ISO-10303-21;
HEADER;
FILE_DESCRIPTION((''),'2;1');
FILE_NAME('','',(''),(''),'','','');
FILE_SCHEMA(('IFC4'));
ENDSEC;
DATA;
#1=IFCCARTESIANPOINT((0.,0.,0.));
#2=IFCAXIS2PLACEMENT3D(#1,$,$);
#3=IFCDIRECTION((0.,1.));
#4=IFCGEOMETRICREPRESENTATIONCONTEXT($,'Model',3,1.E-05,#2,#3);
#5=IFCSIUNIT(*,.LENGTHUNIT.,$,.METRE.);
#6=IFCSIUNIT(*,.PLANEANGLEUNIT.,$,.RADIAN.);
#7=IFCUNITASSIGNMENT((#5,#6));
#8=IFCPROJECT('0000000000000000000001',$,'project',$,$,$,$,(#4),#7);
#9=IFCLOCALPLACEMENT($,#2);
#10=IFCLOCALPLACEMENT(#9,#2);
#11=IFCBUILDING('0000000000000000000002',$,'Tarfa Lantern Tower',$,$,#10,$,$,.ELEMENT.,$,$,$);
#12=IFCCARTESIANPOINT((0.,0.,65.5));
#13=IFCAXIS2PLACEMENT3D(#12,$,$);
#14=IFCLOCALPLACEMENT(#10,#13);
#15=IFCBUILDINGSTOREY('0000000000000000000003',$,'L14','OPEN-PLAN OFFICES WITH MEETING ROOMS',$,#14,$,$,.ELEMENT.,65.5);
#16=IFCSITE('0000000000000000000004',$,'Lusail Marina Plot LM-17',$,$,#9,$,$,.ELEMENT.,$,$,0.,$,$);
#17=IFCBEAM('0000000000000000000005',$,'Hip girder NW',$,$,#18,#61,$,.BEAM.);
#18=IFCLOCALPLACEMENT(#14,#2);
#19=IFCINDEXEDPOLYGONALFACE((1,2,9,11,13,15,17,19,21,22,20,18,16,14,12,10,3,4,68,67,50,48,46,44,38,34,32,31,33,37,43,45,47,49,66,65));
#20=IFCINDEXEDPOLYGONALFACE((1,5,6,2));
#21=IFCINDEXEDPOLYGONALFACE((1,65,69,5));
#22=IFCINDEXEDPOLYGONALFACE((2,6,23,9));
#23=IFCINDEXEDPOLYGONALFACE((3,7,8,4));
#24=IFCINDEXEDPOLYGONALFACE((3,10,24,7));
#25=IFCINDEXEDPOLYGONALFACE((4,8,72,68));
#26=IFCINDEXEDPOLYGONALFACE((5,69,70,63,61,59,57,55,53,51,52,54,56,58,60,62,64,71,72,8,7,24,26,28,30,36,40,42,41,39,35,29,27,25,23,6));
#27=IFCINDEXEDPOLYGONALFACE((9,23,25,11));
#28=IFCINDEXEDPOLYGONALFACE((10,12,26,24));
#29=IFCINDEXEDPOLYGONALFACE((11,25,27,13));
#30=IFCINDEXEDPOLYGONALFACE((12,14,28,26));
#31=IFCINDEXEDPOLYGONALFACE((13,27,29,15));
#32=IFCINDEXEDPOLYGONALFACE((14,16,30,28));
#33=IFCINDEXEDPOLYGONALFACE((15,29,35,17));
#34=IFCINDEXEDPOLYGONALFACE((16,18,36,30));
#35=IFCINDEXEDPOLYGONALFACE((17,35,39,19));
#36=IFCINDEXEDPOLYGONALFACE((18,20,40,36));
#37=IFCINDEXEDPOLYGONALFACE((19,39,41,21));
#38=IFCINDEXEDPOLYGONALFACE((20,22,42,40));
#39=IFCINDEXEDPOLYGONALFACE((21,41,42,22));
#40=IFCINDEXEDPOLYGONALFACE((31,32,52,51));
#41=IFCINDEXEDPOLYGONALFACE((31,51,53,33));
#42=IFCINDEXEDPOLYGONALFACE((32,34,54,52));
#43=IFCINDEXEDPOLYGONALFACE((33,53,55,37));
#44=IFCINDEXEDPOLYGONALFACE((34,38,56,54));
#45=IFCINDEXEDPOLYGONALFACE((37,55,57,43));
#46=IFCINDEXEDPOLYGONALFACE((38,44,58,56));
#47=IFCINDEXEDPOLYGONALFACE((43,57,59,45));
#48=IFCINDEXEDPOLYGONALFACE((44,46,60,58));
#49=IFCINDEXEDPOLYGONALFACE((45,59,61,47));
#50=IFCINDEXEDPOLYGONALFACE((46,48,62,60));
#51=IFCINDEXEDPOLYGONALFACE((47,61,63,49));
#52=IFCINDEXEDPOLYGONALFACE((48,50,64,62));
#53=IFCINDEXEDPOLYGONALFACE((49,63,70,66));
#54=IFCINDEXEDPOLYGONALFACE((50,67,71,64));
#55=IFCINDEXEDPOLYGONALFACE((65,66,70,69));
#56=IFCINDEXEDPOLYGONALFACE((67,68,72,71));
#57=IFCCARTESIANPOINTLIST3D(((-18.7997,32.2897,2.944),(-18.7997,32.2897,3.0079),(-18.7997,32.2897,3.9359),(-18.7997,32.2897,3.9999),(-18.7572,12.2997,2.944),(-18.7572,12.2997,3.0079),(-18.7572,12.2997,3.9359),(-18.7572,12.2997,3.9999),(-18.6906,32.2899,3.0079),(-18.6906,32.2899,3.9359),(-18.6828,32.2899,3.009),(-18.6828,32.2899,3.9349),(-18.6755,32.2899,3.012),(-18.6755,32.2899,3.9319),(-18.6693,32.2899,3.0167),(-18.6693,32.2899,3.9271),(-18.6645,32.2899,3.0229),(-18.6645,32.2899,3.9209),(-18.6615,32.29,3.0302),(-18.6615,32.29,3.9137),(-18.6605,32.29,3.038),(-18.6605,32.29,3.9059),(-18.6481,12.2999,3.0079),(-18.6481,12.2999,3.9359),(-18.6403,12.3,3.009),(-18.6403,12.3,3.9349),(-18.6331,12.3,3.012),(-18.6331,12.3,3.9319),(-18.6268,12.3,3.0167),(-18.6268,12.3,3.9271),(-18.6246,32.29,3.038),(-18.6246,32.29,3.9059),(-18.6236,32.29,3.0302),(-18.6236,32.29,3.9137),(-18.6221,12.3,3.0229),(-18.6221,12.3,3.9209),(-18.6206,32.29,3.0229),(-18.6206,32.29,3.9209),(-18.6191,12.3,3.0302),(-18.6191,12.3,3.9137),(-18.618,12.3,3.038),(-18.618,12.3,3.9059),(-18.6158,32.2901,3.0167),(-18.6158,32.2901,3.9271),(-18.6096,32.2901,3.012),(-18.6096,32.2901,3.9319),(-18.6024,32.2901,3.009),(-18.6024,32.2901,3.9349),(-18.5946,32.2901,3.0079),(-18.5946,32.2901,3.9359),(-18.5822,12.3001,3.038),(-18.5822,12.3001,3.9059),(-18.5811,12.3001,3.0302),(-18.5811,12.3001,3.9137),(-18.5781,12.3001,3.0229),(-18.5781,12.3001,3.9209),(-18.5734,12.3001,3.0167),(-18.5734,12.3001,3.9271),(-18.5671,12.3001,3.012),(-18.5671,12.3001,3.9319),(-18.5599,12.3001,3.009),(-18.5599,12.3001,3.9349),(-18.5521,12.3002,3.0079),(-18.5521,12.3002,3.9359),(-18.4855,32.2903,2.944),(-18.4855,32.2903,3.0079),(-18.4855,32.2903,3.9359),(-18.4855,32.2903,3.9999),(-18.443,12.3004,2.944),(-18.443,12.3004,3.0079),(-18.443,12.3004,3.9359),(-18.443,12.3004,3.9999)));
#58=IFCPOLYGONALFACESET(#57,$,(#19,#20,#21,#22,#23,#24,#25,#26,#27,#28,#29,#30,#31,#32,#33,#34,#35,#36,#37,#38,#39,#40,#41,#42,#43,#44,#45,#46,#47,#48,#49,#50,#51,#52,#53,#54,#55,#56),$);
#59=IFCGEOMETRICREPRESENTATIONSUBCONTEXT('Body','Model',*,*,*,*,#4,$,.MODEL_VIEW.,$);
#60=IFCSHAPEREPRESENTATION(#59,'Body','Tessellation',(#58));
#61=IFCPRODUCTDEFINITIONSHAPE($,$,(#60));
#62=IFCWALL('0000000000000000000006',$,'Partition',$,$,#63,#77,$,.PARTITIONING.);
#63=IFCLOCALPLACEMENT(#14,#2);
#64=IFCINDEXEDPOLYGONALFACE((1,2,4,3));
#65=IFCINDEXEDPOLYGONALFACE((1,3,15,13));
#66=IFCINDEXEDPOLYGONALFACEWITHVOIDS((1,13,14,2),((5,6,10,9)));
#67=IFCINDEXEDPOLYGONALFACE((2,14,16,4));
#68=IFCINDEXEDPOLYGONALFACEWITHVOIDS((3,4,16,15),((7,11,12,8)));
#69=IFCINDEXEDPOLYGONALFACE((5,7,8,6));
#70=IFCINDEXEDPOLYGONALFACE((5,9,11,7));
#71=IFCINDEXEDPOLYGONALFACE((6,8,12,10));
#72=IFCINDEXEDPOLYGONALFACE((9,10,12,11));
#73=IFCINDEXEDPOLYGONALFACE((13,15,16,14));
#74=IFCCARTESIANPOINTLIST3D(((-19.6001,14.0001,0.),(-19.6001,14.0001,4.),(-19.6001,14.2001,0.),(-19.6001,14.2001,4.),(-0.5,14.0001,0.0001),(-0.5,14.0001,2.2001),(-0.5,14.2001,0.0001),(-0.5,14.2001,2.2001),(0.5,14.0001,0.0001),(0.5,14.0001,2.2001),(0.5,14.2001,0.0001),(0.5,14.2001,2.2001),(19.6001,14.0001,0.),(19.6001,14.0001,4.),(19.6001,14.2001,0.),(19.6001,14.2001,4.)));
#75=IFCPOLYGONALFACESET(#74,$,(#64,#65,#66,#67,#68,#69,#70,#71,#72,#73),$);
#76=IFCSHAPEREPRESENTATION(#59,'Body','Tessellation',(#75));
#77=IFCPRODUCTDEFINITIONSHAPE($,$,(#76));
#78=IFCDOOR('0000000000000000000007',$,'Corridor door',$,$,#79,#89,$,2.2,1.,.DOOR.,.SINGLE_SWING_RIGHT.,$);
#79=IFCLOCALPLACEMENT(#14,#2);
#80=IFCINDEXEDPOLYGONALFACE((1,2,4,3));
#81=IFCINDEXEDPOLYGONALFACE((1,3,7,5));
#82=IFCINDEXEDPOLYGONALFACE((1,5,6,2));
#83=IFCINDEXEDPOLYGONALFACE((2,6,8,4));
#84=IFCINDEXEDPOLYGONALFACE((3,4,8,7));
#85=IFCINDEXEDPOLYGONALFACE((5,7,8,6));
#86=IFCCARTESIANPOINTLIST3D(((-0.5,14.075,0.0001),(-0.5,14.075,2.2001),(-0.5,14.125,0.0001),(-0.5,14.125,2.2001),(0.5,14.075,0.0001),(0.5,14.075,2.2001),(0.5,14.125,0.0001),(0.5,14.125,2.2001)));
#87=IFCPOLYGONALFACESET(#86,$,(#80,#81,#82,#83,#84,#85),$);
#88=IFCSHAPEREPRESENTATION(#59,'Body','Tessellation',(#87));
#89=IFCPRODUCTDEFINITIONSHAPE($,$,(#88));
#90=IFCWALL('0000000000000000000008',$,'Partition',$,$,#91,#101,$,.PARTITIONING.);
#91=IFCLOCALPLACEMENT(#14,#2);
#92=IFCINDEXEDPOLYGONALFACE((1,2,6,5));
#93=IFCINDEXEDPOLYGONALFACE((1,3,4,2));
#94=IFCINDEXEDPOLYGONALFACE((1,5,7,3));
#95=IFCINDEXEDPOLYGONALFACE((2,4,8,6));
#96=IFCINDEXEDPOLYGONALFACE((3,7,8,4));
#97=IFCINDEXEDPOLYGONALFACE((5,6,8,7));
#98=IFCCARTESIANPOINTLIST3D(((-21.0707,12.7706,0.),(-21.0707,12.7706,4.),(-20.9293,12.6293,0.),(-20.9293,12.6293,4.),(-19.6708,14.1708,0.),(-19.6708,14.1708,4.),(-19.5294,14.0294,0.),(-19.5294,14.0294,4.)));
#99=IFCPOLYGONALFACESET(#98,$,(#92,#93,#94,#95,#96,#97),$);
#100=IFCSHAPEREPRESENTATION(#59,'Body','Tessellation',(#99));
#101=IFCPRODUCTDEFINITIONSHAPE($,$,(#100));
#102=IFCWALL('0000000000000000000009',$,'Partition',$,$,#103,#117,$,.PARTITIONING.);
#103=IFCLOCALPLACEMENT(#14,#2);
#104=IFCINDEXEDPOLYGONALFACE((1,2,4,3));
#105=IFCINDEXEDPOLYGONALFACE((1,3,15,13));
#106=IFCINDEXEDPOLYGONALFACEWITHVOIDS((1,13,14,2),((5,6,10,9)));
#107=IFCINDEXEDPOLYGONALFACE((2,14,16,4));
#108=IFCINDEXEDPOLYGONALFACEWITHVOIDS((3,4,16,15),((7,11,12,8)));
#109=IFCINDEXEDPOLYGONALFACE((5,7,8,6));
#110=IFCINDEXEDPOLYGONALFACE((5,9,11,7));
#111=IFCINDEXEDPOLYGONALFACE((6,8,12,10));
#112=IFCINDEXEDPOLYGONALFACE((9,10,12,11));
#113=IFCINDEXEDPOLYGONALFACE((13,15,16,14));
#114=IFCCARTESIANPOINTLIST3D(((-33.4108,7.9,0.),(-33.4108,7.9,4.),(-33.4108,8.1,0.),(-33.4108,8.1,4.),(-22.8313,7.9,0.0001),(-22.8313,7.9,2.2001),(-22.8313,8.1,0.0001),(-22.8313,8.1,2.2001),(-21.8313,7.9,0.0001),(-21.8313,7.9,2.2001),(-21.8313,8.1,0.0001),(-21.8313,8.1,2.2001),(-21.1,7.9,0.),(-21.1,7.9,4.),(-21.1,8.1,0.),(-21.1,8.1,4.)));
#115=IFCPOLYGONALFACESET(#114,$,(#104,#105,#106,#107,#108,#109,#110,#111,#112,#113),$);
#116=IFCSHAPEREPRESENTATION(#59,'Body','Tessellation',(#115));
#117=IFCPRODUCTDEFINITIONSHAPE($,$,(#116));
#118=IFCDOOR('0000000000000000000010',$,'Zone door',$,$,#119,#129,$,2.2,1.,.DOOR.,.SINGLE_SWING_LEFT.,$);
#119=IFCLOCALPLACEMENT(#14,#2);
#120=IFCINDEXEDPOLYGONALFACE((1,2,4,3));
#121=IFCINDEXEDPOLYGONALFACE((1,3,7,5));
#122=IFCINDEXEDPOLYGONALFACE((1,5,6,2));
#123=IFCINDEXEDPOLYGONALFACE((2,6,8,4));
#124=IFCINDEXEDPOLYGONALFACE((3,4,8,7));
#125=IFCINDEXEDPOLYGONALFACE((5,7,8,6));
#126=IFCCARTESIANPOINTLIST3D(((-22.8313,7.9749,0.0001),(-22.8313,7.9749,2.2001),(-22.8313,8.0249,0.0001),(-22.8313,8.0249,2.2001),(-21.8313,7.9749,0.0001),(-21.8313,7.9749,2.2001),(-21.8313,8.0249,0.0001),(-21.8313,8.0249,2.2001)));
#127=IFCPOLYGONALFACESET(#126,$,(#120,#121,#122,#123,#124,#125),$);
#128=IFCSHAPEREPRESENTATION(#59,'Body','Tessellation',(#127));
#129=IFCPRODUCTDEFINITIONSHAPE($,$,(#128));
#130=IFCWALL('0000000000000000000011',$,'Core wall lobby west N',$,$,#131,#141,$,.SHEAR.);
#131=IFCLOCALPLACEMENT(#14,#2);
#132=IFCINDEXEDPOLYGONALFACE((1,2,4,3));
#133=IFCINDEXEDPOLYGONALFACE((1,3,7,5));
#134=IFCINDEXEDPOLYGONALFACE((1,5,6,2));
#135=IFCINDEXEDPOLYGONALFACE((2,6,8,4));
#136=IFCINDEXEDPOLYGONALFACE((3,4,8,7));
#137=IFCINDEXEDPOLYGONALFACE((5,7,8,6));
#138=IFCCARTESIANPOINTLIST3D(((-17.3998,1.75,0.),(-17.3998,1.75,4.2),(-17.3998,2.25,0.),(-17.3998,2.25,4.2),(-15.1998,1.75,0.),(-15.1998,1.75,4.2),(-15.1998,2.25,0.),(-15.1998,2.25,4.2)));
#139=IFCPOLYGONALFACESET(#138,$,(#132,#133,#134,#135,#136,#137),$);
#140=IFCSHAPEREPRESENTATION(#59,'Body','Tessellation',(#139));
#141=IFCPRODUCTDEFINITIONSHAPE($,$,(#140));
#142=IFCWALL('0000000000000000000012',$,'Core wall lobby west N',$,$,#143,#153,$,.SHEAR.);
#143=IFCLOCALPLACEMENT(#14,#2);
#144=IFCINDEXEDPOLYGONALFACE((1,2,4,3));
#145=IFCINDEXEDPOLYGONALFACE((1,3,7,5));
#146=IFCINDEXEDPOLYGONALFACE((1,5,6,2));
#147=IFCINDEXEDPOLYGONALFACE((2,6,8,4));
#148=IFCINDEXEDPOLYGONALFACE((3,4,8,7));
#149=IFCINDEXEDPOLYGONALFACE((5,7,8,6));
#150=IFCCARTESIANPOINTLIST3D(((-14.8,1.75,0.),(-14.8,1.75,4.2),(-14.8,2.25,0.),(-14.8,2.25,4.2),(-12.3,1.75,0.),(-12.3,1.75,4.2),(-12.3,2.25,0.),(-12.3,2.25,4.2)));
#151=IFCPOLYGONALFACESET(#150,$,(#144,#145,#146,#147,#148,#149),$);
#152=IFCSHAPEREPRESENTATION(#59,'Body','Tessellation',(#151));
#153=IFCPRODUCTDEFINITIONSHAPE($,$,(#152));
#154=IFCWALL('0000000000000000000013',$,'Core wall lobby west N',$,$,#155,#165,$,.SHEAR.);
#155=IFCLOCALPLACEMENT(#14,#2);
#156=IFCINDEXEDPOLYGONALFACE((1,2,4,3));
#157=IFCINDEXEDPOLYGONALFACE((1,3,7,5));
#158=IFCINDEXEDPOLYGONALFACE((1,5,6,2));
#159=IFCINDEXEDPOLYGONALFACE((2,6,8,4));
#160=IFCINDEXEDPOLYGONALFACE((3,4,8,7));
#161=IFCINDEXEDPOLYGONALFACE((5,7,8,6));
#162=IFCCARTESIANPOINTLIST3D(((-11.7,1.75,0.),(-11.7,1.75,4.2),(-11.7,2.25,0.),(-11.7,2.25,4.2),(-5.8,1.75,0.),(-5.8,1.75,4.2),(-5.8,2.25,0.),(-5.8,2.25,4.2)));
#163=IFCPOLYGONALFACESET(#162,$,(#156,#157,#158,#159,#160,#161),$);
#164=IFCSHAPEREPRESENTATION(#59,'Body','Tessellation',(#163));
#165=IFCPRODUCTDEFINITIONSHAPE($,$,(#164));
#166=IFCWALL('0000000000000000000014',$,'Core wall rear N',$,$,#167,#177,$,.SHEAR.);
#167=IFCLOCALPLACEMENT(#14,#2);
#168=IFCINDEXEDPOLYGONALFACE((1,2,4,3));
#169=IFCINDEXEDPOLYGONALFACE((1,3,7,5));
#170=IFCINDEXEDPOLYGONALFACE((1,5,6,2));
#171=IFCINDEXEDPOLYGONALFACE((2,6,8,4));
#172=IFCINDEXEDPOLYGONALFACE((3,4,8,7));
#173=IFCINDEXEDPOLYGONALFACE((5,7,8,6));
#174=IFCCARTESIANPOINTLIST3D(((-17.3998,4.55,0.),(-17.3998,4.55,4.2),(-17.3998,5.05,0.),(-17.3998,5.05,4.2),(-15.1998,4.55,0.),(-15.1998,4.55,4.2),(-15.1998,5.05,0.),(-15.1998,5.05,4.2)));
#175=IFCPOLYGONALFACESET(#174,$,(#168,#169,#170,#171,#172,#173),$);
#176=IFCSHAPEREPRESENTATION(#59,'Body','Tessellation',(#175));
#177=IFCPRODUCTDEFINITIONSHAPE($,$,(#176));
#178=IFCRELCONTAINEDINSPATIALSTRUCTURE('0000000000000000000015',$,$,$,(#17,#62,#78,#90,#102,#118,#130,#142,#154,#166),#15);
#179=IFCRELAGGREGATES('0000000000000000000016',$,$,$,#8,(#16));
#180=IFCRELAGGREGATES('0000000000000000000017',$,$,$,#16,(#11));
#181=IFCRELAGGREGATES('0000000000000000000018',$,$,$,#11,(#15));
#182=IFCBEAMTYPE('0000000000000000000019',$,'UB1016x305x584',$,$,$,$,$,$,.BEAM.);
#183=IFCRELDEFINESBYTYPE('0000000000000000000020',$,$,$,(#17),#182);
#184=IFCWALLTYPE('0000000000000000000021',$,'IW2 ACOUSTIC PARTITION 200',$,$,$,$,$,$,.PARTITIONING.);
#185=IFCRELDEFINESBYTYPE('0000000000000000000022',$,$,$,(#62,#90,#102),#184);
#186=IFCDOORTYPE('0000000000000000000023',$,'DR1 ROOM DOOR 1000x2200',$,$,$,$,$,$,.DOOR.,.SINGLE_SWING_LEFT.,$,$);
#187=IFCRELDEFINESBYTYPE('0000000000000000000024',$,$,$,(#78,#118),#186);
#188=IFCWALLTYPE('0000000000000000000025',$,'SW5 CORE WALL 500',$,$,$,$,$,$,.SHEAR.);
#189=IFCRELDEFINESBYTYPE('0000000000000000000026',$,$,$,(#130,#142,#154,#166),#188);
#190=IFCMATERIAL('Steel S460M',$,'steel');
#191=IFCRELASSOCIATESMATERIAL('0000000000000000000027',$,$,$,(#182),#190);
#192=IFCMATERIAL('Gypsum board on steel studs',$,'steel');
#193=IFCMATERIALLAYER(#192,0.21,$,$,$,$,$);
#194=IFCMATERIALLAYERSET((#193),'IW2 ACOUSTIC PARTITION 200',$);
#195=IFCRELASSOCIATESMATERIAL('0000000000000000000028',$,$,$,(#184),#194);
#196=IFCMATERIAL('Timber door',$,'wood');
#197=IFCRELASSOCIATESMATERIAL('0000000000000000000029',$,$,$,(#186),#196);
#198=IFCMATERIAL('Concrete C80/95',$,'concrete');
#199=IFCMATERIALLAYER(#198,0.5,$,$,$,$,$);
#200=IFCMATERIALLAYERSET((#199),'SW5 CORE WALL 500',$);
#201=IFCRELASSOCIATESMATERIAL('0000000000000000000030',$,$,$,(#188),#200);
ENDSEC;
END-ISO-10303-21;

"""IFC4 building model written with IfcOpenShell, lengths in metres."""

from ifc_helpers import new_model, si_unit, direction, frame, frame_2d, origin, origin_2d, place, context, subcontext, project, spatial, rectangle, i_section, extrude, material, layer, layer_set, material_profile, profile_set, type_object, element, fill, save


model = new_model("IFC4")

# Units and contexts
model_context = context("Model", 3, precision=1e-05, world=origin(), true_north=direction((0.0, 1.0)))
body_context = subcontext(model_context, "Body", "Model", "MODEL_VIEW")
ifc_project = project(units=[si_unit("LENGTHUNIT", "METRE"), si_unit("PLANEANGLEUNIT", "RADIAN")], contexts=[model_context])

# Site, building, storey
site_placement = place(None, origin())
site = spatial("IfcSite", under=ifc_project, at=site_placement, Name="Lusail Marina Plot LM-17", CompositionType="ELEMENT", RefElevation=0.0)
building_placement = place(site_placement, origin())
building = spatial("IfcBuilding", under=site, at=building_placement, Name="Tarfa Lantern Tower", CompositionType="ELEMENT")
storey_placement = place(building_placement, frame((0.0, 0.0, 65.5)))
storey = spatial("IfcBuildingStorey", under=building, at=storey_placement, Name="L14", Description="OPEN-PLAN OFFICES WITH MEETING ROOMS", CompositionType="ELEMENT", Elevation=65.5)

# Beam
ifc_material_1 = material(Name="Steel S460M", Category="steel")
ifc_material_profile = material_profile(ifc_material_1, i_section(OverallWidth=0.3142, OverallDepth=1.0559, WebThickness=0.0359, FlangeThickness=0.064, FilletRadius=0.03, at=origin_2d()), Name="UB1016x305x584")
ifc_profile_set = profile_set([ifc_material_profile], Name="Steel S460M")
beam_type = type_object("IfcBeamType", Name="UB1016x305x584", PredefinedType="BEAM", material=ifc_profile_set)
beam_placement = place(storey_placement, frame((-18.6001, 12.3, 3.4719), z_axis=(-0.002125, 0.999998, 0.0), x_axis=(-0.999998, -0.002125, 0.0)))
element("IfcBeam", 1, at=beam_placement, inside=storey, type_object=beam_type, Name="Hip girder NW", PredefinedType="BEAM", context=body_context, shape_type="SweptSolid", body=[
    extrude(i_section(OverallWidth=0.3142, OverallDepth=1.0559, WebThickness=0.0359, FlangeThickness=0.064, FilletRadius=0.03, at=origin_2d()), origin(), (0.0, 0.0, 1.0), 19.99),
])

# Wall, opening, door
ifc_material_2 = material(Name="Gypsum board on steel studs", Category="steel")
ifc_layer_1 = layer(ifc_material_2, 0.21)
ifc_layer_set_1 = layer_set([ifc_layer_1], Name="IW2 ACOUSTIC PARTITION 200")
wall_type_1 = type_object("IfcWallType", Name="IW2 ACOUSTIC PARTITION 200", PredefinedType="PARTITIONING", material=ifc_layer_set_1)
wall_1_placement = place(storey_placement, frame((-19.6001, 14.1001, 0.0), z_axis=(0.0, 0.0, 1.0), x_axis=(1.0, 0.0, 0.0)))
wall_1 = element("IfcWall", 2, at=wall_1_placement, inside=storey, type_object=wall_type_1, Name="Partition", PredefinedType="PARTITIONING", context=body_context, shape_type="SweptSolid", body=[
    extrude(rectangle(XDim=39.2002, YDim=0.2, at=frame_2d((19.6001, 0.0))), origin(), (0.0, 0.0, 1.0), 4.0),
])
opening_1_placement = place(wall_1_placement, frame((19.1001, 0.0, 0.0)))
opening_1 = element("IfcOpeningElement", 3, at=opening_1_placement, cuts=wall_1, PredefinedType="OPENING", context=body_context, shape_type="SweptSolid", body=[
    extrude(rectangle(XDim=1.0, YDim=2.2, at=frame_2d((0.5, 1.1001))), frame((0.0, 0.1099, 0.0), z_axis=(0.0, -1.0, 0.0), x_axis=(1.0, 0.0, 0.0)), (0.0, 0.0, 1.0), 0.22),
])
ifc_material_3 = material(Name="Timber door", Category="wood")
door_type_1 = type_object("IfcDoorType", Name="DR1 ROOM DOOR 1000x2200", OperationType="SINGLE_SWING_LEFT", PredefinedType="DOOR", material=ifc_material_3)
door_1_placement = place(opening_1_placement, origin())
door_1 = element("IfcDoor", 4, at=door_1_placement, inside=storey, type_object=door_type_1, Name="Corridor door", OperationType="SINGLE_SWING_RIGHT", OverallHeight=2.2, OverallWidth=1.0, PredefinedType="DOOR", context=body_context, shape_type="SweptSolid", body=[
    extrude(rectangle(XDim=1.0, YDim=2.2, at=frame_2d((0.5, 1.1001))), frame((0.0, 0.0249, 0.0), z_axis=(0.0, -1.0, 0.0), x_axis=(1.0, 0.0, 0.0)), (0.0, 0.0, 1.0), 0.05),
])
fill(opening_1, door_1)

# Wall
wall_2_placement = place(storey_placement, frame((-21.0, 12.7, 0.0), z_axis=(0.0, 0.0, 1.0), x_axis=(0.707045, 0.707168, 0.0)))
element("IfcWall", 5, at=wall_2_placement, inside=storey, type_object=wall_type_1, Name="Partition", PredefinedType="PARTITIONING", context=body_context, shape_type="SweptSolid", body=[
    extrude(rectangle(XDim=1.98, YDim=0.2, at=frame_2d((0.99, 0.0))), origin(), (0.0, 0.0, 1.0), 4.0),
])

# Wall, opening, door
wall_3_placement = place(storey_placement, frame((-21.1001, 8.0, 0.0), z_axis=(0.0, 0.0, 1.0), x_axis=(-1.0, 0.0, 0.0)))
wall_3 = element("IfcWall", 6, at=wall_3_placement, inside=storey, type_object=wall_type_1, Name="Partition", PredefinedType="PARTITIONING", context=body_context, shape_type="SweptSolid", body=[
    extrude(rectangle(XDim=12.3108, YDim=0.2, at=frame_2d((6.1553, 0.0))), origin(), (0.0, 0.0, 1.0), 4.0),
])
opening_2_placement = place(wall_3_placement, frame((0.7312, 0.0, 0.0)))
opening_2 = element("IfcOpeningElement", 7, at=opening_2_placement, cuts=wall_3, PredefinedType="OPENING", context=body_context, shape_type="SweptSolid", body=[
    extrude(rectangle(XDim=1.0, YDim=2.2, at=frame_2d((0.5, 1.1001))), frame((0.0, 0.1099, 0.0), z_axis=(0.0, -1.0, 0.0), x_axis=(1.0, 0.0, 0.0)), (0.0, 0.0, 1.0), 0.22),
])
door_2_placement = place(opening_2_placement, frame((1.0, 0.0, 0.0), z_axis=(0.0, 0.0, 1.0), x_axis=(-1.0, 0.0, 0.0)))
door_2 = element("IfcDoor", 8, at=door_2_placement, inside=storey, type_object=door_type_1, Name="Zone door", OperationType="SINGLE_SWING_LEFT", OverallHeight=2.2, OverallWidth=1.0, PredefinedType="DOOR", context=body_context, shape_type="SweptSolid", body=[
    extrude(rectangle(XDim=1.0, YDim=2.2, at=frame_2d((0.5, 1.1001))), frame((0.0, 0.0249, 0.0), z_axis=(0.0, -1.0, 0.0), x_axis=(1.0, 0.0, 0.0)), (0.0, 0.0, 1.0), 0.05),
])
fill(opening_2, door_2)
ifc_material_4 = material(Name="Concrete C80/95", Category="concrete")

# Walls
ifc_layer_2 = layer(ifc_material_4, 0.5)
ifc_layer_set_2 = layer_set([ifc_layer_2], Name="SW5 CORE WALL 500")
wall_type_2 = type_object("IfcWallType", Name="SW5 CORE WALL 500", PredefinedType="SHEAR", material=ifc_layer_set_2)
wall_4_placement = place(storey_placement, frame((-17.3999, 2.0, 0.0), z_axis=(0.0, 0.0, 1.0), x_axis=(1.0, 0.0, 0.0)))
element("IfcWall", 9, at=wall_4_placement, inside=storey, type_object=wall_type_2, Name="Core wall lobby west N", PredefinedType="SHEAR", context=body_context, shape_type="SweptSolid", body=[
    extrude(rectangle(XDim=2.2, YDim=0.5, at=frame_2d((1.1001, 0.0))), origin(), (0.0, 0.0, 1.0), 4.2),
])
wall_5_placement = place(storey_placement, frame((-14.8, 2.0, 0.0), z_axis=(0.0, 0.0, 1.0), x_axis=(1.0, 0.0, 0.0)))
element("IfcWall", 10, at=wall_5_placement, inside=storey, type_object=wall_type_2, Name="Core wall lobby west N", PredefinedType="SHEAR", context=body_context, shape_type="SweptSolid", body=[
    extrude(rectangle(XDim=2.5, YDim=0.5, at=frame_2d((1.25, 0.0))), origin(), (0.0, 0.0, 1.0), 4.2),
])
wall_6_placement = place(storey_placement, frame((-11.7, 2.0, 0.0), z_axis=(0.0, 0.0, 1.0), x_axis=(1.0, 0.0, 0.0)))
element("IfcWall", 11, at=wall_6_placement, inside=storey, type_object=wall_type_2, Name="Core wall lobby west N", PredefinedType="SHEAR", context=body_context, shape_type="SweptSolid", body=[
    extrude(rectangle(XDim=5.8999, YDim=0.5, at=frame_2d((2.95, 0.0))), origin(), (0.0, 0.0, 1.0), 4.2),
])
wall_7_placement = place(storey_placement, frame((-17.3999, 4.8, 0.0), z_axis=(0.0, 0.0, 1.0), x_axis=(1.0, 0.0, 0.0)))
element("IfcWall", 12, at=wall_7_placement, inside=storey, type_object=wall_type_2, Name="Core wall rear N", PredefinedType="SHEAR", context=body_context, shape_type="SweptSolid", body=[
    extrude(rectangle(XDim=2.2, YDim=0.5, at=frame_2d((1.1001, 0.0))), origin(), (0.0, 0.0, 1.0), 4.2),
])

save(model, "model.ifc")
